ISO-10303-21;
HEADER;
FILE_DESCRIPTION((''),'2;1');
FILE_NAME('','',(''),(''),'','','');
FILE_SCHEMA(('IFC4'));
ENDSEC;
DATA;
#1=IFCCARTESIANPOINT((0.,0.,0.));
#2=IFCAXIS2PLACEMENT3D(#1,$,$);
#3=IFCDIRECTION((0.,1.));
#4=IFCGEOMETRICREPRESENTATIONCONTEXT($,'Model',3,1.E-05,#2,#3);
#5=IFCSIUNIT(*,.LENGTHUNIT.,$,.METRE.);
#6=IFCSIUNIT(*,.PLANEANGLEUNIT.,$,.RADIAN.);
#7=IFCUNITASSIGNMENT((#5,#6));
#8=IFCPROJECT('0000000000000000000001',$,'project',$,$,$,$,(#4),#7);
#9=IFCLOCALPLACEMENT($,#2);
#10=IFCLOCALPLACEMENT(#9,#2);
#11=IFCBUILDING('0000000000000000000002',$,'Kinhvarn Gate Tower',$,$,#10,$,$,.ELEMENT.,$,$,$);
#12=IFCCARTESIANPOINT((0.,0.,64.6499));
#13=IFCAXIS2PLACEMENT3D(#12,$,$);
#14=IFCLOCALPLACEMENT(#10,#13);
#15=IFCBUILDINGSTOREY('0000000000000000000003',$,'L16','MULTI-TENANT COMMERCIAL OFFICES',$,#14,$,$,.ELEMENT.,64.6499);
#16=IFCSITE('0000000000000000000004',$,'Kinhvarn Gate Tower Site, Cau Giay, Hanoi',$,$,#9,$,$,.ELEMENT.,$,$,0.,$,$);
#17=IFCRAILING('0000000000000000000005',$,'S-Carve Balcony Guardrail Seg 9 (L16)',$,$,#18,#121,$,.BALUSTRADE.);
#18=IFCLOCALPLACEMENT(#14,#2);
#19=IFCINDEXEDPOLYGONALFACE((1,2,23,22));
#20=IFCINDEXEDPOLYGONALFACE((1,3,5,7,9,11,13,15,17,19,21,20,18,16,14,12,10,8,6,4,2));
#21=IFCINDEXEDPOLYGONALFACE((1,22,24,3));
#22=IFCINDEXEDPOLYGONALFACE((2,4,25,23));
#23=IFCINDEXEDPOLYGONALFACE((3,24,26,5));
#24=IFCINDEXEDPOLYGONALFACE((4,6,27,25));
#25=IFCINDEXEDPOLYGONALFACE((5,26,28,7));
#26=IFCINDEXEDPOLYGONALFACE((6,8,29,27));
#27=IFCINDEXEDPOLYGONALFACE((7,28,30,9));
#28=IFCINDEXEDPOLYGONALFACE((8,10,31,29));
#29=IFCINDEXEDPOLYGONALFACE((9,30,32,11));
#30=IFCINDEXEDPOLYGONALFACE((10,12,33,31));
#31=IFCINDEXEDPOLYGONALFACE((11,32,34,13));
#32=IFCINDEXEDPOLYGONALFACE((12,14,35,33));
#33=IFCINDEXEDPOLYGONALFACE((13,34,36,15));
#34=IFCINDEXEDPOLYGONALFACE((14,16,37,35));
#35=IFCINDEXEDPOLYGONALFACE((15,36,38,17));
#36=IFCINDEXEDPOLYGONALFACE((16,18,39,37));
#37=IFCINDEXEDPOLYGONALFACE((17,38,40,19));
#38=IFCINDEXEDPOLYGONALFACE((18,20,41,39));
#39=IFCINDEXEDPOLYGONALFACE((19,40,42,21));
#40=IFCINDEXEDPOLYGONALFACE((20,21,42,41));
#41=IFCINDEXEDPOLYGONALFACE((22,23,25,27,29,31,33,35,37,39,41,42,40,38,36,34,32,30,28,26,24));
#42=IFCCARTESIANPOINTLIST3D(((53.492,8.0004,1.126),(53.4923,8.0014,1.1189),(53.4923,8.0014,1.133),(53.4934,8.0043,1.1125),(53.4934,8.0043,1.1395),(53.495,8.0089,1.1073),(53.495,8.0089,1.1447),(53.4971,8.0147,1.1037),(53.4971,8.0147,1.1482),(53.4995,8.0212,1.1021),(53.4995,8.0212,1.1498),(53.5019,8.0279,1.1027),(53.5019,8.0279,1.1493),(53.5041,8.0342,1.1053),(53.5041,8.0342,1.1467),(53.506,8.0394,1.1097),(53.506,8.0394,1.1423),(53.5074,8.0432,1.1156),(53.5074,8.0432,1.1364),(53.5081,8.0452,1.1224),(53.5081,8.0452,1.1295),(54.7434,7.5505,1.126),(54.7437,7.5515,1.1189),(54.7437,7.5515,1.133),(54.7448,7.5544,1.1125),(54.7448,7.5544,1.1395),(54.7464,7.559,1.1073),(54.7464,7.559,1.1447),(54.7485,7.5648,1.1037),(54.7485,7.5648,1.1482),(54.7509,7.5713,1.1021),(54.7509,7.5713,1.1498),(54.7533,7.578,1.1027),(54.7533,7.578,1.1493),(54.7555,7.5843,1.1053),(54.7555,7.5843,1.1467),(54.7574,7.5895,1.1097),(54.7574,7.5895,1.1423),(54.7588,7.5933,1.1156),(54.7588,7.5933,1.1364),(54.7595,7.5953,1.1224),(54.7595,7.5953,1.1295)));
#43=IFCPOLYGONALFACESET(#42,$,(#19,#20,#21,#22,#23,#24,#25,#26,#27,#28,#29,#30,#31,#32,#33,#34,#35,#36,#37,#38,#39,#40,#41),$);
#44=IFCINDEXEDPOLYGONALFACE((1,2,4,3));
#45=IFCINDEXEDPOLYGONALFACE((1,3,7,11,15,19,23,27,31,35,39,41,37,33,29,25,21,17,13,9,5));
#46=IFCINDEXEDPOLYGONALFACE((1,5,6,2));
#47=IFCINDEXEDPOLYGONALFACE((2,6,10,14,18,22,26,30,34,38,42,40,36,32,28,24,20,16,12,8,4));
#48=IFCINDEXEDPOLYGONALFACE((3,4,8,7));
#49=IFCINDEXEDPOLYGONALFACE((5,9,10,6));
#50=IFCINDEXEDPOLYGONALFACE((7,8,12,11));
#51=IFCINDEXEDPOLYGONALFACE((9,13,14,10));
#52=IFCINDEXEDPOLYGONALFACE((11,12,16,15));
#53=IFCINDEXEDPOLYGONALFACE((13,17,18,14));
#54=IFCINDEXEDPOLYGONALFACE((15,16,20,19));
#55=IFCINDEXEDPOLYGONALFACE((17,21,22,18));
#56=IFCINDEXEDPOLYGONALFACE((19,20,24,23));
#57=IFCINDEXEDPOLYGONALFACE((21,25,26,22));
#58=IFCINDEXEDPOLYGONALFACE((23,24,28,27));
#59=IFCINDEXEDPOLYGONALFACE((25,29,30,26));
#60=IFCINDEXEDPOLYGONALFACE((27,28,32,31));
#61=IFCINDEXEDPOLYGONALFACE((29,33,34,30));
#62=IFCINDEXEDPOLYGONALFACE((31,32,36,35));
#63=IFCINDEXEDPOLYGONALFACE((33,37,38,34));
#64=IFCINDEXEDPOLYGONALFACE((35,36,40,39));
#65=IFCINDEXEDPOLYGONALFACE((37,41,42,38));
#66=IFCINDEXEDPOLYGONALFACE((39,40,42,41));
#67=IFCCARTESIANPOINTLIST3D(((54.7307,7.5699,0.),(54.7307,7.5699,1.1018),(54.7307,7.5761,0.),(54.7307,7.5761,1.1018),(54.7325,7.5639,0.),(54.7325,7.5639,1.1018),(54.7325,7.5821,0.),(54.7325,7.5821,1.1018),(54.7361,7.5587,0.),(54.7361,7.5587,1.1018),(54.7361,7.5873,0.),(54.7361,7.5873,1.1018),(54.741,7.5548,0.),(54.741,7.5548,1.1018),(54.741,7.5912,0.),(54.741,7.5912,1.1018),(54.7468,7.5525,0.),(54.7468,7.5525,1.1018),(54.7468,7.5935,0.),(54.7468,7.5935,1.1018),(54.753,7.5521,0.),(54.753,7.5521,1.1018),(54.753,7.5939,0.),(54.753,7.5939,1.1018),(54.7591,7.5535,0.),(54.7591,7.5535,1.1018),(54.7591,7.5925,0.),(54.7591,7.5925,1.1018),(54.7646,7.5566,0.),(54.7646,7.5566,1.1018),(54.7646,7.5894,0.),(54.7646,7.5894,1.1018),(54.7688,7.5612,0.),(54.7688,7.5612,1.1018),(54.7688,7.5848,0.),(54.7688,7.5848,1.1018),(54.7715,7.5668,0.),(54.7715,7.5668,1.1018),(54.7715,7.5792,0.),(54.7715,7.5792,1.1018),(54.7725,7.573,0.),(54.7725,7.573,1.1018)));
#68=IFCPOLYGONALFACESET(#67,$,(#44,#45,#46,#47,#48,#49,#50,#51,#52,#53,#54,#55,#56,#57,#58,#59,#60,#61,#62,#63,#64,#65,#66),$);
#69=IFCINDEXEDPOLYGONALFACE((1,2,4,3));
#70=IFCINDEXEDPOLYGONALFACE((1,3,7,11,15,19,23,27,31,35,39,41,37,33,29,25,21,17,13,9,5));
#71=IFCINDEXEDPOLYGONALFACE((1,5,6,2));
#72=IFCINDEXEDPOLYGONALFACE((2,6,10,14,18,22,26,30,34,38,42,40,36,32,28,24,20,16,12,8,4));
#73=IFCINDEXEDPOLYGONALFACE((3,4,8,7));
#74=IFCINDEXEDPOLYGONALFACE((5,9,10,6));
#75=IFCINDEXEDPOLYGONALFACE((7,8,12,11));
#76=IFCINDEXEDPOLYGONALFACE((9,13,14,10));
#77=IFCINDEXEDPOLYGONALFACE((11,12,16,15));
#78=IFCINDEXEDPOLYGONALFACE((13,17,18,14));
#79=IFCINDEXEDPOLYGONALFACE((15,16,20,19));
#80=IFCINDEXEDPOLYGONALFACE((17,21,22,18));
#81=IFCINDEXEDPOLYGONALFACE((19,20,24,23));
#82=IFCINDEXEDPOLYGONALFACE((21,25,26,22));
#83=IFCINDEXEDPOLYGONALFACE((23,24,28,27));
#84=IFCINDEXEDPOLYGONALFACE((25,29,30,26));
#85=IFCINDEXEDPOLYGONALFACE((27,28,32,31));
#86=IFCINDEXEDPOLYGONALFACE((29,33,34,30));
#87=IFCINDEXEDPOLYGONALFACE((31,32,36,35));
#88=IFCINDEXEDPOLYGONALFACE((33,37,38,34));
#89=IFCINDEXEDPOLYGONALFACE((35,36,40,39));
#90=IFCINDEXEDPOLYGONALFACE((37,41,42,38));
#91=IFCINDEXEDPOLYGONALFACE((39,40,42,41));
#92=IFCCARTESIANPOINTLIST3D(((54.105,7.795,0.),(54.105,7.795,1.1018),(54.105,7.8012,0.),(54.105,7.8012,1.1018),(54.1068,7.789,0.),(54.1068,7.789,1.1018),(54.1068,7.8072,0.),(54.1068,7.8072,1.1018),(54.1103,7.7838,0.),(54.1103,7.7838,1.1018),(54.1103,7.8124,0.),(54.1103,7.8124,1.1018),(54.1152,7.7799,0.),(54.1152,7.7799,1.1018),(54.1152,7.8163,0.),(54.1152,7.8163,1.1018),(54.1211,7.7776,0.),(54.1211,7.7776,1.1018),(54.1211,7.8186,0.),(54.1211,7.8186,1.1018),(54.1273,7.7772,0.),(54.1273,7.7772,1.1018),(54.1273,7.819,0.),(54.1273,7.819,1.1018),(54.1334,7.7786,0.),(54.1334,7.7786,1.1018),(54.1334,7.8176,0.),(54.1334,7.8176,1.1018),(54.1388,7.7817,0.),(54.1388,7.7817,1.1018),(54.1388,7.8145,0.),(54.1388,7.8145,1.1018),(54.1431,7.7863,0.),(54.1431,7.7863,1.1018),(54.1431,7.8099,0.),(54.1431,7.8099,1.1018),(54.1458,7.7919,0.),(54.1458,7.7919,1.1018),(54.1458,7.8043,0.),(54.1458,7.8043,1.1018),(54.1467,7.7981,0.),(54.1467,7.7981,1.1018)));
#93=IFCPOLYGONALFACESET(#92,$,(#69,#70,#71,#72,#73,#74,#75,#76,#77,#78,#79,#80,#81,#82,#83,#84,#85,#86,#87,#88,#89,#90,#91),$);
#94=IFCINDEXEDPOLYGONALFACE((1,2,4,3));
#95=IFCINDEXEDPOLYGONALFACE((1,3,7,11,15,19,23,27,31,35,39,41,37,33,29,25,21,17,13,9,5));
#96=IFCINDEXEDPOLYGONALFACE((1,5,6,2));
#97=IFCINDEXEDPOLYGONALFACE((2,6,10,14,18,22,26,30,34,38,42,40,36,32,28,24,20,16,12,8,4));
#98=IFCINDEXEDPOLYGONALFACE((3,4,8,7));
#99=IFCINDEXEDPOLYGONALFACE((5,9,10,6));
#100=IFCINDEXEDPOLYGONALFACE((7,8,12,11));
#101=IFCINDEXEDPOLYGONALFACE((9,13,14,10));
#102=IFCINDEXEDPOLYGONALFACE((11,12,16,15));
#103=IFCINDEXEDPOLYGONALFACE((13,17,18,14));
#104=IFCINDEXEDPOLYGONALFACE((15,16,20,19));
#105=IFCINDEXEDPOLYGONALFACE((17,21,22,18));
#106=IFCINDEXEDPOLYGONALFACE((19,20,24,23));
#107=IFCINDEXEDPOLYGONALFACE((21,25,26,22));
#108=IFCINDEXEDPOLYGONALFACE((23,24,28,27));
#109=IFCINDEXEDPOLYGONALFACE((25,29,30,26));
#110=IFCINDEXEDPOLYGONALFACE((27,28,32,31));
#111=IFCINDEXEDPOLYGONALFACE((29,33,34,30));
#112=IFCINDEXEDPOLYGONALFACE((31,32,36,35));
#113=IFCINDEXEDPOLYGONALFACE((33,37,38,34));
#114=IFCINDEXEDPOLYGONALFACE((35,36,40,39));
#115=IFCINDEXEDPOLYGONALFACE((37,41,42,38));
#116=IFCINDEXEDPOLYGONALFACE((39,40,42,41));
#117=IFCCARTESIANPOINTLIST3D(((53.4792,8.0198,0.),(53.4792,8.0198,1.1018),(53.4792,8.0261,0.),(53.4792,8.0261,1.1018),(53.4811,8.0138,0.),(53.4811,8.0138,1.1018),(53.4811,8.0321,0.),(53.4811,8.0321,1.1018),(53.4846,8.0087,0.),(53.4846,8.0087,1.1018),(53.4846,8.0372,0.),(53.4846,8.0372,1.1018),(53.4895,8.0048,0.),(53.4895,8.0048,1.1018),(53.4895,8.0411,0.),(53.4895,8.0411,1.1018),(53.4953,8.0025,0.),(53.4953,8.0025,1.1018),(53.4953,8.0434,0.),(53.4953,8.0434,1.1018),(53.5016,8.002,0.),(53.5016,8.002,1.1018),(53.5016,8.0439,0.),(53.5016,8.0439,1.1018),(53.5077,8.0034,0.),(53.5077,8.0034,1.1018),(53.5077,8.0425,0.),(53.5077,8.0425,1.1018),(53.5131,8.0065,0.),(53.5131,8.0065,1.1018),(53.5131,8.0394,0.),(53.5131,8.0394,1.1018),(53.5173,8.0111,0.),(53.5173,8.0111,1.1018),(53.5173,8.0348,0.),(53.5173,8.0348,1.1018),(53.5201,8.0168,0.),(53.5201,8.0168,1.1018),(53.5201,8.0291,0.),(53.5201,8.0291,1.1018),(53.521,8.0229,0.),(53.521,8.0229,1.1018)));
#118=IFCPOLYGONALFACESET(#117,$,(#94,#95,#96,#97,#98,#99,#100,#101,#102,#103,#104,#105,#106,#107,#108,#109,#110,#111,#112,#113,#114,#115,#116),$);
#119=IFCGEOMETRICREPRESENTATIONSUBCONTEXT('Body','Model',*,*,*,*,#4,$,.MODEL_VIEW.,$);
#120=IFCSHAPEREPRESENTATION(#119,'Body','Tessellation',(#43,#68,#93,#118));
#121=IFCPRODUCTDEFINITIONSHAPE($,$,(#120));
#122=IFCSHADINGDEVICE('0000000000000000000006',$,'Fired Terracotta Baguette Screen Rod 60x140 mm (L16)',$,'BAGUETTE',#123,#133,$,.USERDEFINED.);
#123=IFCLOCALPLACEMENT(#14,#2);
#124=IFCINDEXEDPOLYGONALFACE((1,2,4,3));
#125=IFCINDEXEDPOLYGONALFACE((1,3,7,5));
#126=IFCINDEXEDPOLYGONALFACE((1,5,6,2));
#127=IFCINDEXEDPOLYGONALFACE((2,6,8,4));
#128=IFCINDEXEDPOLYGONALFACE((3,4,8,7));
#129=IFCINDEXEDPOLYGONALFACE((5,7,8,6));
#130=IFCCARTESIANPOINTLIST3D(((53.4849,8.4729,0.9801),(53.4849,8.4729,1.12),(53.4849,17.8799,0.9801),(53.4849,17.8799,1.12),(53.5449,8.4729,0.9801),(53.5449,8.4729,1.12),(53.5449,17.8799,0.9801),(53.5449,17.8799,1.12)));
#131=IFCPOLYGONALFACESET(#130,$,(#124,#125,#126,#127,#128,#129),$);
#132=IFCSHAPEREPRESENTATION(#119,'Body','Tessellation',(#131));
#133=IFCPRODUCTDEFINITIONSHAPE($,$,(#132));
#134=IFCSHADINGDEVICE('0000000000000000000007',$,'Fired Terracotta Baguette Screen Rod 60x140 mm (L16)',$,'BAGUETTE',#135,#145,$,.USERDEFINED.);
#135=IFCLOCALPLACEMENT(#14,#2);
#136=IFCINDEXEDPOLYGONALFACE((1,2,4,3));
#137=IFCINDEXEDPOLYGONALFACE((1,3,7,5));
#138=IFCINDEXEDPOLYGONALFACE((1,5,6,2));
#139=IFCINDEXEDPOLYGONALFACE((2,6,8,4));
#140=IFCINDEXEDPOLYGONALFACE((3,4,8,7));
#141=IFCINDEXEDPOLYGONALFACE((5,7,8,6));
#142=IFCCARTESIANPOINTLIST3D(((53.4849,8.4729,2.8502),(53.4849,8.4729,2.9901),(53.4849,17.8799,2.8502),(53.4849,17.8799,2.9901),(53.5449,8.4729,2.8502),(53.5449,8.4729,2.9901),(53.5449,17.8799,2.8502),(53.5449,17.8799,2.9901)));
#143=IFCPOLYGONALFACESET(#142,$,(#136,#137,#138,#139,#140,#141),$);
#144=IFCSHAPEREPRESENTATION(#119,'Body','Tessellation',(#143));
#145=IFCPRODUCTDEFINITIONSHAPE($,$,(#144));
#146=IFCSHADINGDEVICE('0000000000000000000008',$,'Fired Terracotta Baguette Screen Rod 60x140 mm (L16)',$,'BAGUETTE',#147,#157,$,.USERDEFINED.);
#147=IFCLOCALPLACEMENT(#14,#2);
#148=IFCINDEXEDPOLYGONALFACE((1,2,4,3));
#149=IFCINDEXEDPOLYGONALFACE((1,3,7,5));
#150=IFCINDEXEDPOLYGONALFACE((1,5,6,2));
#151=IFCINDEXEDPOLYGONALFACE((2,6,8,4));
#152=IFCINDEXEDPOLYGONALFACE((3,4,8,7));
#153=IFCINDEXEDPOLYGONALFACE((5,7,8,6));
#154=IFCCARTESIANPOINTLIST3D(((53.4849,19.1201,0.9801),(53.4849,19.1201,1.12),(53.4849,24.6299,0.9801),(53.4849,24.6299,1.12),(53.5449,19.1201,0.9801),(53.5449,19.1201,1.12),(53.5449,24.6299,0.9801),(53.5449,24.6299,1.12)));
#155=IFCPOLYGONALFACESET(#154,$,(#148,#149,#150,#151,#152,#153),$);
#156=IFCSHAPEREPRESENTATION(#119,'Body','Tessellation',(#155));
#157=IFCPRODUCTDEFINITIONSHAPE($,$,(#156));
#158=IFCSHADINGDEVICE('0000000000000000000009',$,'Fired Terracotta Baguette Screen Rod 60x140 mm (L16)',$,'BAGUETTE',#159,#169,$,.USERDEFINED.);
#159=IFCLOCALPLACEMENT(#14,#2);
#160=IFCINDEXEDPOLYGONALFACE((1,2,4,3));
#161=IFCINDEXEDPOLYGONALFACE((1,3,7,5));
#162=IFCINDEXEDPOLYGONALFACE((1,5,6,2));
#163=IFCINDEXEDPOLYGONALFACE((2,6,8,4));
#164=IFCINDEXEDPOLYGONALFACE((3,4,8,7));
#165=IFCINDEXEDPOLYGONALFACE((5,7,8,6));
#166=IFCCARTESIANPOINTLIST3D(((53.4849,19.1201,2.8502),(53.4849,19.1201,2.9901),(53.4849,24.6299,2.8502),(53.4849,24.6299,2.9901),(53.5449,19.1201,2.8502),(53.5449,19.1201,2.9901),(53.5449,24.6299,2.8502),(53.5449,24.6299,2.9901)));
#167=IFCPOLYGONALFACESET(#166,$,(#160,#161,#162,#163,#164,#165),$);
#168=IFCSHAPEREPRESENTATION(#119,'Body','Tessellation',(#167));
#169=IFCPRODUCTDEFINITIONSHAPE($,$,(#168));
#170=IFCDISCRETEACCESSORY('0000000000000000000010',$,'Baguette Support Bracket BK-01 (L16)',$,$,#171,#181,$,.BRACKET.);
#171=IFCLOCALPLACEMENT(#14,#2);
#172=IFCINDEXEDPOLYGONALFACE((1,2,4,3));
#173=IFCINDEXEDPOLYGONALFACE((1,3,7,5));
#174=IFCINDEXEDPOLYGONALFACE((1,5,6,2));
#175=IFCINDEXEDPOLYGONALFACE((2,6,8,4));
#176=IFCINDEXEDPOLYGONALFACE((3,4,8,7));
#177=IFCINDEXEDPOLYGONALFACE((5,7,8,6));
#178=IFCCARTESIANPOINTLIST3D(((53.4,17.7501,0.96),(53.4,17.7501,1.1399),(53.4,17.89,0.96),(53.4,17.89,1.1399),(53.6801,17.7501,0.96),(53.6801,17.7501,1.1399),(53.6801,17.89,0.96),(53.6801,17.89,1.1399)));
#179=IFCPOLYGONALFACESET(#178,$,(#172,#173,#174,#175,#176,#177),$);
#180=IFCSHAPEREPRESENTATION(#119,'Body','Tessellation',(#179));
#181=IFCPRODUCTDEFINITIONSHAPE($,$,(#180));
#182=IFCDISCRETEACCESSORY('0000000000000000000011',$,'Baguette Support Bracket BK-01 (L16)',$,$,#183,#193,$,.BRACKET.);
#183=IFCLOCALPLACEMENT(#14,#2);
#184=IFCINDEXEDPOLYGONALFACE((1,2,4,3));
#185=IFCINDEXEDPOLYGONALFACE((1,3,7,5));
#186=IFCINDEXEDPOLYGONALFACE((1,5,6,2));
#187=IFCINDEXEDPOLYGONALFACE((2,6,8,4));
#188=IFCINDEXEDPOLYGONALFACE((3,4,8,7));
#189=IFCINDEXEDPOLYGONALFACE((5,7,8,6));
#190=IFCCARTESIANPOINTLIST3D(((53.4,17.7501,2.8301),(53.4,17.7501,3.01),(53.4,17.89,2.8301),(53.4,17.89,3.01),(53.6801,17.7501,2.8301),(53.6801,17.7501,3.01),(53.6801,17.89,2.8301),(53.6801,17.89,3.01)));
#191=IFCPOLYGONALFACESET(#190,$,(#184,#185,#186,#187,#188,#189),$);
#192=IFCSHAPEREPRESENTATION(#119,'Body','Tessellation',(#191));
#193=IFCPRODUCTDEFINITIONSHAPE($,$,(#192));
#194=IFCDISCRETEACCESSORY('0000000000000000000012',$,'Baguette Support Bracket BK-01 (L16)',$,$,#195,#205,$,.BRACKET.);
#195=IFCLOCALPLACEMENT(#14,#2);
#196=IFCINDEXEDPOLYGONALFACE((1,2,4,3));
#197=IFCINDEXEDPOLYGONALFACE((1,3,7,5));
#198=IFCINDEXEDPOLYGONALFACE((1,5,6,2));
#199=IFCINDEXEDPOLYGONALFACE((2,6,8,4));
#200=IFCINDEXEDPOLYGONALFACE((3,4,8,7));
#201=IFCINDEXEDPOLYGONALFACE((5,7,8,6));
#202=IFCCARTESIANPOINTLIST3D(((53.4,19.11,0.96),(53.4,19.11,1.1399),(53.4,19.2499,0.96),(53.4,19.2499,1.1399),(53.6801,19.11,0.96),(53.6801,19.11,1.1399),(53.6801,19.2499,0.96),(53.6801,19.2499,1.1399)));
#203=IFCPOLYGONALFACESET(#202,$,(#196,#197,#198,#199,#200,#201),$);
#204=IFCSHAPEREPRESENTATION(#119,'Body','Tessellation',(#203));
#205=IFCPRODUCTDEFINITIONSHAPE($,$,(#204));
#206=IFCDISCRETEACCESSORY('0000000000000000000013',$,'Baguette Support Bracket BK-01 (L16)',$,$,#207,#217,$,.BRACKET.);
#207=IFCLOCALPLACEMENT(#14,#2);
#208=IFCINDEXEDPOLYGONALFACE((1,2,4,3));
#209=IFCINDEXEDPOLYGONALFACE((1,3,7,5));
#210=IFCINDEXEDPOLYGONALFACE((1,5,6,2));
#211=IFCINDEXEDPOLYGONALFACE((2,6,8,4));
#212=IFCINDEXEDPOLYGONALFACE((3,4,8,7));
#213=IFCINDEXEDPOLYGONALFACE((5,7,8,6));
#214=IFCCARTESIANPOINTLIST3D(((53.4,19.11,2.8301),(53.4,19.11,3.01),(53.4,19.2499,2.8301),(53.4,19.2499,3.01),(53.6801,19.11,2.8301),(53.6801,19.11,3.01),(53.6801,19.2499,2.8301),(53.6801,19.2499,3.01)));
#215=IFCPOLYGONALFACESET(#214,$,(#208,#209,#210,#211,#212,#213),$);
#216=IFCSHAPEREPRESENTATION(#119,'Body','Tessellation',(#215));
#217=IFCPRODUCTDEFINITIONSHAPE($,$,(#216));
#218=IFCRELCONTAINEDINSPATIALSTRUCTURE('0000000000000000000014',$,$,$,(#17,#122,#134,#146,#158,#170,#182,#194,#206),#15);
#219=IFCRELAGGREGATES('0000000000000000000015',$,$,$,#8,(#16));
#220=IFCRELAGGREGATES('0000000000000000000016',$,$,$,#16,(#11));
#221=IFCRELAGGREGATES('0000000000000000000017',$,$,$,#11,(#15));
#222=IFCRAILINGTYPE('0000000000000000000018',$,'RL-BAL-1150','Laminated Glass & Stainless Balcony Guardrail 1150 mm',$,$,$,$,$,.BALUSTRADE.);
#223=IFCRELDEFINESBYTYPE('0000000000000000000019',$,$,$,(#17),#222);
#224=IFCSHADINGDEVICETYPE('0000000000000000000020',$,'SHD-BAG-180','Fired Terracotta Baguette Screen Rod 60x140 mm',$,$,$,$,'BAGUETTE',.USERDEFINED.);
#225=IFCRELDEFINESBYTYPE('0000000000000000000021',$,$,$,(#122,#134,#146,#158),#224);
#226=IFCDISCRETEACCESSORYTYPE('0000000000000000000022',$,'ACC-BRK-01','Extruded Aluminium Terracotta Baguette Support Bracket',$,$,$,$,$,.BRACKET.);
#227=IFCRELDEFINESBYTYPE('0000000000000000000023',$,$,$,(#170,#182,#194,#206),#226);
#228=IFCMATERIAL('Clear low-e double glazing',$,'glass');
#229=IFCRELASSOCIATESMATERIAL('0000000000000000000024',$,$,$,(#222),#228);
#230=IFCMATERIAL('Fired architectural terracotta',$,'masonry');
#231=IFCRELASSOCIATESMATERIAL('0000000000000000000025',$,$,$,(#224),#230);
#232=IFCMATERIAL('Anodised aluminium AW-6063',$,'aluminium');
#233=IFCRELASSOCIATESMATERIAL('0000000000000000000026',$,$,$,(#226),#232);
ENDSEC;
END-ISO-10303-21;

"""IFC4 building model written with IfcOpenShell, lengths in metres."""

from ifc_helpers import new_model, si_unit, direction, frame, origin, origin_2d, place, context, subcontext, project, spatial, rectangle, circle, extrude, material, material_profile, profile_set, type_object, element, save


model = new_model("IFC4")

# Units and contexts
model_context = context("Model", 3, precision=1e-05, world=origin(), true_north=direction((0.0, 1.0)))
body_context = subcontext(model_context, "Body", "Model", "MODEL_VIEW")
ifc_project = project(units=[si_unit("LENGTHUNIT", "METRE"), si_unit("PLANEANGLEUNIT", "RADIAN")], contexts=[model_context])

# Site, building, storey
site_placement = place(None, origin())
site = spatial("IfcSite", under=ifc_project, at=site_placement, Name="Kinhvarn Gate Tower Site, Cau Giay, Hanoi", CompositionType="ELEMENT", RefElevation=0.0)
building_placement = place(site_placement, origin())
building = spatial("IfcBuilding", under=site, at=building_placement, Name="Kinhvarn Gate Tower", CompositionType="ELEMENT")
storey_placement = place(building_placement, frame((0.0, 0.0, 64.6499)))
storey = spatial("IfcBuildingStorey", under=building, at=storey_placement, Name="L16", Description="MULTI-TENANT COMMERCIAL OFFICES", CompositionType="ELEMENT", Elevation=64.6499)

# Shared definitions
ifc_material_1 = material(Name="Anodised aluminium AW-6063", Category="aluminium")

# Shared definitions
ifc_material_2 = material(Name="Clear low-e double glazing", Category="glass")

# Railing
railing_type = type_object("IfcRailingType", Name="RL-BAL-1150", Description="Laminated Glass & Stainless Balcony Guardrail 1150 mm", PredefinedType="BALUSTRADE", material=ifc_material_2)
railing_placement = place(storey_placement, frame((54.7515, 7.573, 0.0)))
element("IfcRailing", 1, at=railing_placement, inside=storey, type_object=railing_type, Name="S-Carve Balcony Guardrail Seg 9 (L16)", PredefinedType="BALUSTRADE", context=body_context, shape_type="SweptSolid", body=[
    extrude(circle(Radius=0.0239, at=origin_2d()), frame((0.0, 0.0, 1.126), z_axis=(-0.941025, 0.338336, 0.0), x_axis=(-0.338336, -0.941025, 0.0)), (0.0, 0.0, 1.0), 1.3298),
    extrude(circle(Radius=0.021, at=origin_2d()), origin(), (0.0, 0.0, 1.0), 1.1018),
    extrude(circle(Radius=0.021, at=origin_2d()), frame((-0.6257, 0.2251, 0.0)), (0.0, 0.0, 1.0), 1.1018),
    extrude(circle(Radius=0.021, at=origin_2d()), frame((-1.2515, 0.45, 0.0)), (0.0, 0.0, 1.0), 1.1018),
])

# Shading devices
ifc_material_3 = material(Name="Fired architectural terracotta", Category="masonry")
ifc_material_profile_1 = material_profile(ifc_material_3, rectangle(XDim=0.0601, YDim=0.1399, at=origin_2d()), Name="TC 60x140")
ifc_profile_set_1 = profile_set([ifc_material_profile_1], Name="Fired architectural terracotta")
shading_device_type = type_object("IfcShadingDeviceType", Name="SHD-BAG-180", Description="Fired Terracotta Baguette Screen Rod 60x140 mm", ElementType="BAGUETTE", PredefinedType="USERDEFINED", material=ifc_profile_set_1)
for number, where, z_axis, x_axis, name in (
    (2, (53.5149, 8.4729, 1.05), (0.0, 1.0, 0.0), (-1.0, 0.0, 0.0), "Fired Terracotta Baguette Screen Rod 60x140 mm (L16)"),
    (3, (53.5149, 8.4729, 2.9202), (0.0, 1.0, 0.0), (-1.0, 0.0, 0.0), "Fired Terracotta Baguette Screen Rod 60x140 mm (L16)"),
):
    element("IfcShadingDevice", number, at=place(storey_placement, frame(where, z_axis=z_axis, x_axis=x_axis)), inside=storey, type_object=shading_device_type, Name=name, ObjectType="BAGUETTE", PredefinedType="USERDEFINED", context=body_context, shape_type="SweptSolid", body=[
        extrude(rectangle(XDim=0.0601, YDim=0.1399, at=origin_2d()), origin(), (0.0, 0.0, 1.0), 9.407),
    ])
for number, where, z_axis, x_axis, name in (
    (4, (53.5149, 19.1201, 1.05), (0.0, 1.0, 0.0), (-1.0, 0.0, 0.0), "Fired Terracotta Baguette Screen Rod 60x140 mm (L16)"),
    (5, (53.5149, 19.1201, 2.9202), (0.0, 1.0, 0.0), (-1.0, 0.0, 0.0), "Fired Terracotta Baguette Screen Rod 60x140 mm (L16)"),
):
    element("IfcShadingDevice", number, at=place(storey_placement, frame(where, z_axis=z_axis, x_axis=x_axis)), inside=storey, type_object=shading_device_type, Name=name, ObjectType="BAGUETTE", PredefinedType="USERDEFINED", context=body_context, shape_type="SweptSolid", body=[
        extrude(rectangle(XDim=0.0601, YDim=0.1399, at=origin_2d()), origin(), (0.0, 0.0, 1.0), 5.5098),
    ])

# Discrete accessories
discrete_accessory_type = type_object("IfcDiscreteAccessoryType", Name="ACC-BRK-01", Description="Extruded Aluminium Terracotta Baguette Support Bracket", PredefinedType="BRACKET", material=ifc_material_1)
for number, where, z_axis, x_axis, name in (
    (6, (53.54, 17.8201, 0.96), (0.0, 0.0, 1.0), (0.0, 1.0, 0.0), "Baguette Support Bracket BK-01 (L16)"),
    (7, (53.54, 17.8201, 2.8301), (0.0, 0.0, 1.0), (0.0, 1.0, 0.0), "Baguette Support Bracket BK-01 (L16)"),
    (8, (53.54, 19.1799, 0.96), (0.0, 0.0, 1.0), (0.0, 1.0, 0.0), "Baguette Support Bracket BK-01 (L16)"),
    (9, (53.54, 19.1799, 2.8301), (0.0, 0.0, 1.0), (0.0, 1.0, 0.0), "Baguette Support Bracket BK-01 (L16)"),
):
    element("IfcDiscreteAccessory", number, at=place(storey_placement, frame(where, z_axis=z_axis, x_axis=x_axis)), inside=storey, type_object=discrete_accessory_type, Name=name, PredefinedType="BRACKET", context=body_context, shape_type="SweptSolid", body=[
        extrude(rectangle(XDim=0.1399, YDim=0.28, at=origin_2d()), origin(), (0.0, 0.0, 1.0), 0.1799),
    ])

save(model, "model.ifc")
